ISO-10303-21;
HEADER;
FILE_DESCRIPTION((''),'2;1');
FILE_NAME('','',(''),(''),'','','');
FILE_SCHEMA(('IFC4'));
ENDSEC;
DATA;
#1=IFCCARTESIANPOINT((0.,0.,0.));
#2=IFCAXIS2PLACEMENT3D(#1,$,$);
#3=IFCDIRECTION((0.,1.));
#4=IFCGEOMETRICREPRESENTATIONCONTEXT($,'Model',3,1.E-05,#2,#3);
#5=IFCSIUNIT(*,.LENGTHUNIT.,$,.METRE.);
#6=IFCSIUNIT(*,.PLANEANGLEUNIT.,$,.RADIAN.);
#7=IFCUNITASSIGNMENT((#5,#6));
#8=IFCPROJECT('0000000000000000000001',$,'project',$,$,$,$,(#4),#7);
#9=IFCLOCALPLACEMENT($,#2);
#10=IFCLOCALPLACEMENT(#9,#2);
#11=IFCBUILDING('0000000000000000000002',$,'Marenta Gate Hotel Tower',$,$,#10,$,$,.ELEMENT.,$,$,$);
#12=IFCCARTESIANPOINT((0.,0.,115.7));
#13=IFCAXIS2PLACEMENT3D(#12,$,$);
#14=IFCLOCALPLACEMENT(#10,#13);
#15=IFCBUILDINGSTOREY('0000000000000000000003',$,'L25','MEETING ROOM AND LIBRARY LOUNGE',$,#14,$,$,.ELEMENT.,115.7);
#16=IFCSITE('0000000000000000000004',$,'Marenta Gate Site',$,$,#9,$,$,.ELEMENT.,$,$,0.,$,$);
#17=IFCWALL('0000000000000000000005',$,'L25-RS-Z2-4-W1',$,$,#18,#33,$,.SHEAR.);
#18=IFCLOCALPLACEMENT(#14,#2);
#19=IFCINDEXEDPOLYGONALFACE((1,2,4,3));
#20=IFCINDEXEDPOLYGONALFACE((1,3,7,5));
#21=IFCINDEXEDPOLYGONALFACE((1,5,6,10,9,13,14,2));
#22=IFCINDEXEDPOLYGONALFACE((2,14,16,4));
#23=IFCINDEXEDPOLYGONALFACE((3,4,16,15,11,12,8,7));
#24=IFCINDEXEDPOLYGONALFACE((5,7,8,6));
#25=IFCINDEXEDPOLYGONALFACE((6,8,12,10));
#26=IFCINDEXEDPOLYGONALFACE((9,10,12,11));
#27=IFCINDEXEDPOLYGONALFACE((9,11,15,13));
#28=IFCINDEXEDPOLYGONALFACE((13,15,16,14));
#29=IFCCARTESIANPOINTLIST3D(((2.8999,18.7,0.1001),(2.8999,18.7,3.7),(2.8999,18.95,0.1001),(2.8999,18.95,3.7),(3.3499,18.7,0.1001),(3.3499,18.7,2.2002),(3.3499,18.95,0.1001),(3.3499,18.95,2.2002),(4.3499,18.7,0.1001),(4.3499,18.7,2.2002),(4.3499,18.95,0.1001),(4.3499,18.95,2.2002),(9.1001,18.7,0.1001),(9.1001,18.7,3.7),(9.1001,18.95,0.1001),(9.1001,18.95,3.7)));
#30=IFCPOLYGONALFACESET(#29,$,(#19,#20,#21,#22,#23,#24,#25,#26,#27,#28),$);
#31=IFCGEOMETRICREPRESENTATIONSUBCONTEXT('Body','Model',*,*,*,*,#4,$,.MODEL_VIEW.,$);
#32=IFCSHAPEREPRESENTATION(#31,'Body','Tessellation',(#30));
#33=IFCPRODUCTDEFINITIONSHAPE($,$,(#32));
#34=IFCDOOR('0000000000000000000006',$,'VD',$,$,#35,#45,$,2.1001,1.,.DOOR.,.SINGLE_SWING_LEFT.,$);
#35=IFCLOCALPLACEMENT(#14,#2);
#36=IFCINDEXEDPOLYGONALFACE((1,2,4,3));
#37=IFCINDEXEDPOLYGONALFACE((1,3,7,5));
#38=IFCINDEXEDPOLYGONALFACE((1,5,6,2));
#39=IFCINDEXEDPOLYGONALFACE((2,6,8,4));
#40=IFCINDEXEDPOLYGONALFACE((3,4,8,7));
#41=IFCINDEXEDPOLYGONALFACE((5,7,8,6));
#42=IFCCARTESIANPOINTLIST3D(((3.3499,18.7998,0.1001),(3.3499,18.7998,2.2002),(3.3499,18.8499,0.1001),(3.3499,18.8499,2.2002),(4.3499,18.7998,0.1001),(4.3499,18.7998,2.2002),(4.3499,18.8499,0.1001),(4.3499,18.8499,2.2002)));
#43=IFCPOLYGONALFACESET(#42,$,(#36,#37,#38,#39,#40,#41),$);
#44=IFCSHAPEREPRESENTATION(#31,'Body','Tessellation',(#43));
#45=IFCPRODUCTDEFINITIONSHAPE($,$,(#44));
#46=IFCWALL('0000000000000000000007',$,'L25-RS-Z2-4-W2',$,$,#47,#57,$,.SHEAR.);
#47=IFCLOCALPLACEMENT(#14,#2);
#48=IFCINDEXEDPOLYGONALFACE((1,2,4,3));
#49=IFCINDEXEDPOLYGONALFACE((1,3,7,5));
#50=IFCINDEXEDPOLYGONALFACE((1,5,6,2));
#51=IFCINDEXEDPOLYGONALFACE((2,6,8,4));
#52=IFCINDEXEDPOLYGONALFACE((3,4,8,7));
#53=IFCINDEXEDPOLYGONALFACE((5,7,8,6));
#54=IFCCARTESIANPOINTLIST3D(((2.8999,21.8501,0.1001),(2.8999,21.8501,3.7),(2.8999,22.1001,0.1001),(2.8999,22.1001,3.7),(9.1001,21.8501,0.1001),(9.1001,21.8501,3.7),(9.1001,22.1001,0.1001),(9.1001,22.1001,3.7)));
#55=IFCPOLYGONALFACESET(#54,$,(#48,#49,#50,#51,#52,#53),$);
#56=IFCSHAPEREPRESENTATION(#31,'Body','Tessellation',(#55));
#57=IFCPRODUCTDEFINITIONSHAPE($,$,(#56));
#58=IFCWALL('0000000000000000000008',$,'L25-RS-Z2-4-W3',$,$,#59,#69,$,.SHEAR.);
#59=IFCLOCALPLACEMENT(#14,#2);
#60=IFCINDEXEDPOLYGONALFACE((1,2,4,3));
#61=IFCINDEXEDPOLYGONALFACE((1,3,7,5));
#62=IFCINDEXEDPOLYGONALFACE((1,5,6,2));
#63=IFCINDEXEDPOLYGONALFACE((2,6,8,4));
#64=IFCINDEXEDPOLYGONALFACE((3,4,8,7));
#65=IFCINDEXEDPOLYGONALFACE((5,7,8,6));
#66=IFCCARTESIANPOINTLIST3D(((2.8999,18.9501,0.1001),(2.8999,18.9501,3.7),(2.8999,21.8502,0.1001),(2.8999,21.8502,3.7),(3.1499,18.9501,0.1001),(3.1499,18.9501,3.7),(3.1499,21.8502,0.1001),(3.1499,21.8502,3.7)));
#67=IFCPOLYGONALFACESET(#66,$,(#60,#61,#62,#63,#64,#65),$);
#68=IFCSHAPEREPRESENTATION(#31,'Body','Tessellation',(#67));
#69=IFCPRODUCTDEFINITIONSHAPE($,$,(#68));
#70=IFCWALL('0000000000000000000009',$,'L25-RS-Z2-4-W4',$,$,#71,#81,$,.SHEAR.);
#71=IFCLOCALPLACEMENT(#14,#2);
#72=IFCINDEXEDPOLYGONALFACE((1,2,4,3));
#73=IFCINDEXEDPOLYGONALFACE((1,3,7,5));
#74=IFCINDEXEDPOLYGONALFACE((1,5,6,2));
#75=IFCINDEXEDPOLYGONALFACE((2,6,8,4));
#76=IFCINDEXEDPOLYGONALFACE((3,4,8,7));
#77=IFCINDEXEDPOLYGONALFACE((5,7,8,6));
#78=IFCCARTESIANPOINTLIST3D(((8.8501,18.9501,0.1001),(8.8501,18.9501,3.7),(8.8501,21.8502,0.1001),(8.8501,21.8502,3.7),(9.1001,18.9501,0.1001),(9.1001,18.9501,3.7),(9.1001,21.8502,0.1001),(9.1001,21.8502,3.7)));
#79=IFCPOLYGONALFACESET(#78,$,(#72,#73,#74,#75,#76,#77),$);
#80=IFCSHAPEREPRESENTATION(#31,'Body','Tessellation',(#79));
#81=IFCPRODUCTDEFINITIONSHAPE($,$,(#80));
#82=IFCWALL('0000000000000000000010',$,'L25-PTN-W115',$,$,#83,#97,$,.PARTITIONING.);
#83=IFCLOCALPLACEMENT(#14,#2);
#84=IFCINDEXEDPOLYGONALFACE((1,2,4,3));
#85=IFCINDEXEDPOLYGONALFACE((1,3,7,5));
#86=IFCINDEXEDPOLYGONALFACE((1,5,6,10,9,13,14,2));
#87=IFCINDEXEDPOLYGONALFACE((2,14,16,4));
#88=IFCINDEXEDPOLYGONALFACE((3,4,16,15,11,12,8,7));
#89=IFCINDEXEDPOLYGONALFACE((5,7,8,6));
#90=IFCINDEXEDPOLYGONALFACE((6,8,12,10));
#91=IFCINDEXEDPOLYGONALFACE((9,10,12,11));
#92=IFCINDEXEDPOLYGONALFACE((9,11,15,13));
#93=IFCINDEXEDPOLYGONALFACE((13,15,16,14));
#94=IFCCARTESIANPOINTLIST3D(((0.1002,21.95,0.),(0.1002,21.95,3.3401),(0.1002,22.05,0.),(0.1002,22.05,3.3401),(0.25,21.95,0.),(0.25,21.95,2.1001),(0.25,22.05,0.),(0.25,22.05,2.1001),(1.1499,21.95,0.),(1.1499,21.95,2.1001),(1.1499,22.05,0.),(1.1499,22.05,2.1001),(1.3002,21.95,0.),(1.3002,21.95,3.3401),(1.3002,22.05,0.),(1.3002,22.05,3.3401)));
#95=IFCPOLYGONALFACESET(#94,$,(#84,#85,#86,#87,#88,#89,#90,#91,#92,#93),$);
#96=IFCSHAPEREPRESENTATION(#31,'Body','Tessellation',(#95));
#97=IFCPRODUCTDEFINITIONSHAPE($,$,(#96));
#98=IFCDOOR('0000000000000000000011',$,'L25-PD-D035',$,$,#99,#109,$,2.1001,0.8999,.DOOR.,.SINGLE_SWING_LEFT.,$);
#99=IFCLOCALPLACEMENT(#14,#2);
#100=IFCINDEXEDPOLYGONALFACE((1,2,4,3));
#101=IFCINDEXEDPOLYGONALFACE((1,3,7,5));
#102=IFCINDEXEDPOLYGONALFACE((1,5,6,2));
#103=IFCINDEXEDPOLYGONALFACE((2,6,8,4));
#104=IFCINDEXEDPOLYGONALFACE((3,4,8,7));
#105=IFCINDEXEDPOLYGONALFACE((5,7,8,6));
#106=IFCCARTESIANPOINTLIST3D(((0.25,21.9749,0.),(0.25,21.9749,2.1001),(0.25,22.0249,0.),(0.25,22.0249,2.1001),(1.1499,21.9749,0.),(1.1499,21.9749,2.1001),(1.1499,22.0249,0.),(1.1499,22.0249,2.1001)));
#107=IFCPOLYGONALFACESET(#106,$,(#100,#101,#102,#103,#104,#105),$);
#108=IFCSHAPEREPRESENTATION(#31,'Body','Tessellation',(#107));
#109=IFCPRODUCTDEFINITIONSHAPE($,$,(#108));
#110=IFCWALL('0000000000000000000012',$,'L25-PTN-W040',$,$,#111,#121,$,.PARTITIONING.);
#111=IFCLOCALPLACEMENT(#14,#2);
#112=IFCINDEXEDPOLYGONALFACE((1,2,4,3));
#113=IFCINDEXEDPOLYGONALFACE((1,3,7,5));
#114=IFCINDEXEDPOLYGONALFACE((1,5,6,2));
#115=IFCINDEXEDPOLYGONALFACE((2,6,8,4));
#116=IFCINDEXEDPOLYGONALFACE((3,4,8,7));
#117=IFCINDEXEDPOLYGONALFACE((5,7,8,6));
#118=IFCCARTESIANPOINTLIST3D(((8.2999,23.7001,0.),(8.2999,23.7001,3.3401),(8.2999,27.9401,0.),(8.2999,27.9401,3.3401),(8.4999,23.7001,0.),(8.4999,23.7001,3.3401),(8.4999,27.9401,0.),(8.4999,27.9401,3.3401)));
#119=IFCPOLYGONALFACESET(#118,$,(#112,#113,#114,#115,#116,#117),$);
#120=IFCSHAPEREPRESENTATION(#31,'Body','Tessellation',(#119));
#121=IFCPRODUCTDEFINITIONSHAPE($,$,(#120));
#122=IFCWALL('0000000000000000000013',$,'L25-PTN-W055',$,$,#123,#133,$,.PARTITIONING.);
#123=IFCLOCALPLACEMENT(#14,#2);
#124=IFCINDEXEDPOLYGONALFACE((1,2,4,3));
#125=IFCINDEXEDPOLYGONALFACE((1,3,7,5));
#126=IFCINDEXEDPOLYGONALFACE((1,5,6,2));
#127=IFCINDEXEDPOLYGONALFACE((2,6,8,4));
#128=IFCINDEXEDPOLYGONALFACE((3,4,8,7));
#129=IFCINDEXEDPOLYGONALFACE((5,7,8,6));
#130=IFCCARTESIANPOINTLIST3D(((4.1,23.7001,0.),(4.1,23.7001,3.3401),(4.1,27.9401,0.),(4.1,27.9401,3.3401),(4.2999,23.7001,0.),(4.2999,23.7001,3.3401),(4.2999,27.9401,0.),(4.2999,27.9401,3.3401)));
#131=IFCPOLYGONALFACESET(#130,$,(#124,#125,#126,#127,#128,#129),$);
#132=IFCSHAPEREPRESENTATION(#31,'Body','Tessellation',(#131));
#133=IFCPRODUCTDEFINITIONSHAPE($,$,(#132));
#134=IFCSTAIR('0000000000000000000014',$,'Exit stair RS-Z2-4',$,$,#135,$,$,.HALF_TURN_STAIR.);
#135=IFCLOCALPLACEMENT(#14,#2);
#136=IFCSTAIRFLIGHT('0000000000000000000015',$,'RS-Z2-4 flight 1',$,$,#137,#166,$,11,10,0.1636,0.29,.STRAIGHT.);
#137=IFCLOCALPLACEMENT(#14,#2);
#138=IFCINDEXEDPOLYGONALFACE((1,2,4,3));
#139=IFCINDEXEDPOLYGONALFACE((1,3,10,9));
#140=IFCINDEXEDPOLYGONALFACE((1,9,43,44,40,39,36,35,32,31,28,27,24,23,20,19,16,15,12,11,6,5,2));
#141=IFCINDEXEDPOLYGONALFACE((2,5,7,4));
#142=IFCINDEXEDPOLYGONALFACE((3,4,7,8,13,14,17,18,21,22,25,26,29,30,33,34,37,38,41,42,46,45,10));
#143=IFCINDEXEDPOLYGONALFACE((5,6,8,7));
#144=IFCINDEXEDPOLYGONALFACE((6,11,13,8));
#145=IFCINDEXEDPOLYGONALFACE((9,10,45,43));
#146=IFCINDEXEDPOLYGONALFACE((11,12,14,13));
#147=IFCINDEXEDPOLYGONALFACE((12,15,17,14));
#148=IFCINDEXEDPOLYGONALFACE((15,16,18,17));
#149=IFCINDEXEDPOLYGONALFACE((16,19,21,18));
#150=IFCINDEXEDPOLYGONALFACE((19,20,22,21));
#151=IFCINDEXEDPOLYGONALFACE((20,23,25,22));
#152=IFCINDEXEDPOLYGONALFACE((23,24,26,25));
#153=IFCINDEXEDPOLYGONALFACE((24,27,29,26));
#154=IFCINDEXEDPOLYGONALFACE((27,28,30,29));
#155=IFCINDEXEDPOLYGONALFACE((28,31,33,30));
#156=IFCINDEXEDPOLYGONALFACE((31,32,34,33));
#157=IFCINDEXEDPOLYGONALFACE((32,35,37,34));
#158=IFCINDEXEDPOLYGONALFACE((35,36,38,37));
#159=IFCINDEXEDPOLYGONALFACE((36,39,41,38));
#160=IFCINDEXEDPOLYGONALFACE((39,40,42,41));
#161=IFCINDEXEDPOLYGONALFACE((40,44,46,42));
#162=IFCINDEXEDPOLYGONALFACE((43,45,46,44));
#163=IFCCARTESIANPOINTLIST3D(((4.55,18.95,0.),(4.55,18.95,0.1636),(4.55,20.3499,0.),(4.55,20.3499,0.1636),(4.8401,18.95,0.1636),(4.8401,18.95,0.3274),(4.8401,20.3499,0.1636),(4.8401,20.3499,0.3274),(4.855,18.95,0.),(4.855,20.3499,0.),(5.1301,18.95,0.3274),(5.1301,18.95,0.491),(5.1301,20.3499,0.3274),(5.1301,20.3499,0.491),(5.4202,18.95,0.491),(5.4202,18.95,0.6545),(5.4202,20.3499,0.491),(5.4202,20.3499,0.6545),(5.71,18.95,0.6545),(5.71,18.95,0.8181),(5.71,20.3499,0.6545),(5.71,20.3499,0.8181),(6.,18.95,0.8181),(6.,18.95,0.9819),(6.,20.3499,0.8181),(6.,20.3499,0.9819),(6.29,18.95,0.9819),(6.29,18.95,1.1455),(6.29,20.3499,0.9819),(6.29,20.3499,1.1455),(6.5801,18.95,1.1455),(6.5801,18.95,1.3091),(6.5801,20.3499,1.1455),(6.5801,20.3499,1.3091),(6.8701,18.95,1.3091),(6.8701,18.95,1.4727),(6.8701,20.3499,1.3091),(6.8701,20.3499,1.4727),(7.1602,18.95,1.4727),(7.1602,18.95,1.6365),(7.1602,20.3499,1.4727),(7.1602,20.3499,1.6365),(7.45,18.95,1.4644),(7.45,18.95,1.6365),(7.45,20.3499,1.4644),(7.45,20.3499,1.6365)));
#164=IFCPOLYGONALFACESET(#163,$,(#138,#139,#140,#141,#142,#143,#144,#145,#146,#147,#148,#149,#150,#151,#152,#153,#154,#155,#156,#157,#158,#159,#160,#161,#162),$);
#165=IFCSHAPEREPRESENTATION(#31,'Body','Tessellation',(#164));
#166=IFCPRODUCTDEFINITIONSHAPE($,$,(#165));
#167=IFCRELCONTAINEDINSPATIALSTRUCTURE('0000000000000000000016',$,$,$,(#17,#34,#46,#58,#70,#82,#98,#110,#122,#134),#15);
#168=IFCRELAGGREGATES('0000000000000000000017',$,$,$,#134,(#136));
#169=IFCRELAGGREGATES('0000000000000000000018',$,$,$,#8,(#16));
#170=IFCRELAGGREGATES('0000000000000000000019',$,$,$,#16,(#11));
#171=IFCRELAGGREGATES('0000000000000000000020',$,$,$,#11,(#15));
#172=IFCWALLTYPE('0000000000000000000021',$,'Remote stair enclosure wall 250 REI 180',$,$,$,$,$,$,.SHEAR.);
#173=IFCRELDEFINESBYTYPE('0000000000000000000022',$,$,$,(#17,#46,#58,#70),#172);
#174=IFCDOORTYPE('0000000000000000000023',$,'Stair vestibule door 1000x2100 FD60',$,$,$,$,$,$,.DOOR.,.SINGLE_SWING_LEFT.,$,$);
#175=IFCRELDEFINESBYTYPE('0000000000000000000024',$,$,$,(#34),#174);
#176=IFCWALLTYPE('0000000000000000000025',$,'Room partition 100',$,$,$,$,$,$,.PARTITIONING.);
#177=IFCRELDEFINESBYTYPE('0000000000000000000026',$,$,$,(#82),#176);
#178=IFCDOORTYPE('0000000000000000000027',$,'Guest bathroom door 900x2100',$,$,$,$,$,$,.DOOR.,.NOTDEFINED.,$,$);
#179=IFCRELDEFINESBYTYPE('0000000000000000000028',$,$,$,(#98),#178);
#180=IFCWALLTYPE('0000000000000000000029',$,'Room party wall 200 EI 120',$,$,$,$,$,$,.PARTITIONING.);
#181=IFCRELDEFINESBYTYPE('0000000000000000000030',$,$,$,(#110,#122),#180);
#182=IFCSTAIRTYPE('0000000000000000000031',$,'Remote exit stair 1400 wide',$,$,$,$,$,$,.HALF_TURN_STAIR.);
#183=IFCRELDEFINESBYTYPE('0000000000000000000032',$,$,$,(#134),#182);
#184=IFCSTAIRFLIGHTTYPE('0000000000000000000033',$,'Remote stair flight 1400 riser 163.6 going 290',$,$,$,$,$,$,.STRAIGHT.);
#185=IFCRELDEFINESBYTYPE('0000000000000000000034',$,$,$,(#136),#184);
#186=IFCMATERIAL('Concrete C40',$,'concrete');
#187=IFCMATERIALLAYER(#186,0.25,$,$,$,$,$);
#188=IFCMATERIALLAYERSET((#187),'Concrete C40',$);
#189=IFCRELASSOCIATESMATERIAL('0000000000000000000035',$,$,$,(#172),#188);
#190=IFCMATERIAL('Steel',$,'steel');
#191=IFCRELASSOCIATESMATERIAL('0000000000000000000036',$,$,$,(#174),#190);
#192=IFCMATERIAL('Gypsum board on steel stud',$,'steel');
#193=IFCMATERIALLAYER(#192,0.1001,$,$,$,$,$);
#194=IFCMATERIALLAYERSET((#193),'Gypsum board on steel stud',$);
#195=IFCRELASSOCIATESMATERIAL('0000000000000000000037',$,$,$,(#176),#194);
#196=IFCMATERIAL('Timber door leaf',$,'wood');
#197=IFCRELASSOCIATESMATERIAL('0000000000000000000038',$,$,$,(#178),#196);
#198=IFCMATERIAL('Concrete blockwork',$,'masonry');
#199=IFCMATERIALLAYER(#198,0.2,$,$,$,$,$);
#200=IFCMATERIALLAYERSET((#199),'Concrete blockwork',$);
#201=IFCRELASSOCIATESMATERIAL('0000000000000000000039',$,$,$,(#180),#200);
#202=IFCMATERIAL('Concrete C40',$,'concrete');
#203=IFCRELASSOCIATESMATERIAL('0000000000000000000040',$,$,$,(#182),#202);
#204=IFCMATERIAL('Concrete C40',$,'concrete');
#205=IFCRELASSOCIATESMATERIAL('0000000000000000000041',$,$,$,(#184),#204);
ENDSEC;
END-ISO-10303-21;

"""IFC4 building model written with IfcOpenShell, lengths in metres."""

from ifc_helpers import new_model, si_unit, direction, frame, frame_2d, origin, place, context, subcontext, project, spatial, polyline, rectangle, outline, extrude, material, layer, layer_set, type_object, element, fill, aggregate, save


model = new_model("IFC4")

# Units and contexts
model_context = context("Model", 3, precision=1e-05, world=origin(), true_north=direction((0.0, 1.0)))
body_context = subcontext(model_context, "Body", "Model", "MODEL_VIEW")
ifc_project = project(units=[si_unit("LENGTHUNIT", "METRE"), si_unit("PLANEANGLEUNIT", "RADIAN")], contexts=[model_context])

# Site, building, storey
site_placement = place(None, origin())
site = spatial("IfcSite", under=ifc_project, at=site_placement, Name="Marenta Gate Site", CompositionType="ELEMENT", RefElevation=0.0)
building_placement = place(site_placement, origin())
building = spatial("IfcBuilding", under=site, at=building_placement, Name="Marenta Gate Hotel Tower", CompositionType="ELEMENT")
storey_placement = place(building_placement, frame((0.0, 0.0, 115.7)))
storey = spatial("IfcBuildingStorey", under=building, at=storey_placement, Name="L25", Description="MEETING ROOM AND LIBRARY LOUNGE", CompositionType="ELEMENT", Elevation=115.7)

# Wall, opening, door
ifc_material_1 = material(Name="Concrete C40", Category="concrete")
ifc_layer_1 = layer(ifc_material_1, 0.25)
ifc_layer_set_1 = layer_set([ifc_layer_1], Name="Concrete C40")
wall_type_1 = type_object("IfcWallType", Name="Remote stair enclosure wall 250 REI 180", PredefinedType="SHEAR", material=ifc_layer_set_1)
wall_1_placement = place(storey_placement, frame((2.8999, 18.825, 0.1001), z_axis=(0.0, 0.0, 1.0), x_axis=(1.0, 0.0, 0.0)))
wall_1 = element("IfcWall", 1, at=wall_1_placement, inside=storey, type_object=wall_type_1, Name="L25-RS-Z2-4-W1", PredefinedType="SHEAR", context=body_context, shape_type="SweptSolid", body=[
    extrude(rectangle(XDim=6.2002, YDim=0.25, at=frame_2d((3.1001, 0.0))), origin(), (0.0, 0.0, 1.0), 3.5999),
])
opening_1_placement = place(wall_1_placement, frame((0.45, 0.0, 0.0)))
opening_1 = element("IfcOpeningElement", 2, at=opening_1_placement, cuts=wall_1, PredefinedType="OPENING", context=body_context, shape_type="SweptSolid", body=[
    extrude(rectangle(XDim=1.0, YDim=2.1001, at=frame_2d((0.5, 1.05))), frame((0.0, 0.125, 0.0), z_axis=(0.0, -1.0, 0.0), x_axis=(1.0, 0.0, 0.0)), (0.0, 0.0, 1.0), 0.25),
])
ifc_material_2 = material(Name="Steel", Category="steel")
door_type_1 = type_object("IfcDoorType", Name="Stair vestibule door 1000x2100 FD60", OperationType="SINGLE_SWING_LEFT", PredefinedType="DOOR", material=ifc_material_2)
door_1_placement = place(opening_1_placement, origin())
door_1 = element("IfcDoor", 3, at=door_1_placement, inside=storey, type_object=door_type_1, Name="VD", OperationType="SINGLE_SWING_LEFT", OverallHeight=2.1001, OverallWidth=1.0, PredefinedType="DOOR", context=body_context, shape_type="SweptSolid", body=[
    extrude(rectangle(XDim=1.0, YDim=2.1001, at=frame_2d((0.5, 1.05))), frame((0.0, 0.0249, 0.0), z_axis=(0.0, -1.0, 0.0), x_axis=(1.0, 0.0, 0.0)), (0.0, 0.0, 1.0), 0.05),
])
fill(opening_1, door_1)

# Walls
wall_2_placement = place(storey_placement, frame((2.8999, 21.9751, 0.1001), z_axis=(0.0, 0.0, 1.0), x_axis=(1.0, 0.0, 0.0)))
element("IfcWall", 4, at=wall_2_placement, inside=storey, type_object=wall_type_1, Name="L25-RS-Z2-4-W2", PredefinedType="SHEAR", context=body_context, shape_type="SweptSolid", body=[
    extrude(rectangle(XDim=6.2002, YDim=0.25, at=frame_2d((3.1001, 0.0))), origin(), (0.0, 0.0, 1.0), 3.5999),
])
for number, where, z_axis, x_axis, name in (
    (5, (3.0249, 18.95, 0.1001), (0.0, 0.0, 1.0), (0.0, 1.0, 0.0), "L25-RS-Z2-4-W3"),
    (6, (8.9751, 18.95, 0.1001), (0.0, 0.0, 1.0), (0.0, 1.0, 0.0), "L25-RS-Z2-4-W4"),
):
    element("IfcWall", number, at=place(storey_placement, frame(where, z_axis=z_axis, x_axis=x_axis)), inside=storey, type_object=wall_type_1, Name=name, PredefinedType="SHEAR", context=body_context, shape_type="SweptSolid", body=[
        extrude(rectangle(XDim=2.9001, YDim=0.25, at=frame_2d((1.4502, 0.0))), origin(), (0.0, 0.0, 1.0), 3.5999),
    ])

# Wall, opening, door
ifc_material_3 = material(Name="Gypsum board on steel stud", Category="steel")
ifc_layer_2 = layer(ifc_material_3, 0.1001)
ifc_layer_set_2 = layer_set([ifc_layer_2], Name="Gypsum board on steel stud")
wall_type_2 = type_object("IfcWallType", Name="Room partition 100", PredefinedType="PARTITIONING", material=ifc_layer_set_2)
wall_3_placement = place(storey_placement, frame((0.1001, 22.0, 0.0), z_axis=(0.0, 0.0, 1.0), x_axis=(1.0, 0.0, 0.0)))
wall_3 = element("IfcWall", 7, at=wall_3_placement, inside=storey, type_object=wall_type_2, Name="L25-PTN-W115", PredefinedType="PARTITIONING", context=body_context, shape_type="SweptSolid", body=[
    extrude(rectangle(XDim=1.2, YDim=0.1001, at=frame_2d((0.6001, 0.0))), origin(), (0.0, 0.0, 1.0), 3.3401),
])
opening_2_placement = place(wall_3_placement, frame((0.1499, 0.0, 0.0)))
opening_2 = element("IfcOpeningElement", 8, at=opening_2_placement, cuts=wall_3, PredefinedType="OPENING", context=body_context, shape_type="SweptSolid", body=[
    extrude(rectangle(XDim=0.8999, YDim=2.1001, at=frame_2d((0.45, 1.05))), frame((0.0, 0.05, 0.0), z_axis=(0.0, -1.0, 0.0), x_axis=(1.0, 0.0, 0.0)), (0.0, 0.0, 1.0), 0.1001),
])
ifc_material_4 = material(Name="Timber door leaf", Category="wood")
door_type_2 = type_object("IfcDoorType", Name="Guest bathroom door 900x2100", OperationType="NOTDEFINED", PredefinedType="DOOR", material=ifc_material_4)
door_2_placement = place(opening_2_placement, origin())
door_2 = element("IfcDoor", 9, at=door_2_placement, inside=storey, type_object=door_type_2, Name="L25-PD-D035", OperationType="SINGLE_SWING_LEFT", OverallHeight=2.1001, OverallWidth=0.8999, PredefinedType="DOOR", context=body_context, shape_type="SweptSolid", body=[
    extrude(rectangle(XDim=0.8999, YDim=2.1001, at=frame_2d((0.45, 1.05))), frame((0.0, 0.0249, 0.0), z_axis=(0.0, -1.0, 0.0), x_axis=(1.0, 0.0, 0.0)), (0.0, 0.0, 1.0), 0.05),
])
fill(opening_2, door_2)

# Walls
ifc_material_5 = material(Name="Concrete blockwork", Category="masonry")
ifc_layer_3 = layer(ifc_material_5, 0.2)
ifc_layer_set_3 = layer_set([ifc_layer_3], Name="Concrete blockwork")
wall_type_3 = type_object("IfcWallType", Name="Room party wall 200 EI 120", PredefinedType="PARTITIONING", material=ifc_layer_set_3)
for number, where, z_axis, x_axis, name in (
    (10, (8.3999, 23.7, 0.0), (0.0, 0.0, 1.0), (0.0, 1.0, 0.0), "L25-PTN-W040"),
    (11, (4.2, 23.7, 0.0), (0.0, 0.0, 1.0), (0.0, 1.0, 0.0), "L25-PTN-W055"),
):
    element("IfcWall", number, at=place(storey_placement, frame(where, z_axis=z_axis, x_axis=x_axis)), inside=storey, type_object=wall_type_3, Name=name, PredefinedType="PARTITIONING", context=body_context, shape_type="SweptSolid", body=[
        extrude(rectangle(XDim=4.24, YDim=0.2, at=frame_2d((2.1201, 0.0))), origin(), (0.0, 0.0, 1.0), 3.3401),
    ])

# Stair, stair flight
ifc_material_6 = material(Name="Concrete C40", Category="concrete")
stair_type = type_object("IfcStairType", Name="Remote exit stair 1400 wide", PredefinedType="HALF_TURN_STAIR", material=ifc_material_6)
stair_placement = place(storey_placement, origin())
stair = element("IfcStair", 12, at=stair_placement, inside=storey, type_object=stair_type, Name="Exit stair RS-Z2-4", PredefinedType="HALF_TURN_STAIR")
ifc_material_7 = material(Name="Concrete C40", Category="concrete")
stair_flight_type = type_object("IfcStairFlightType", Name="Remote stair flight 1400 riser 163.6 going 290", PredefinedType="STRAIGHT", material=ifc_material_7)
stair_flight_1_placement = place(storey_placement, frame((4.55, 19.6499, 0.0), z_axis=(0.0, 0.0, 1.0), x_axis=(1.0, 0.0, 0.0)))
stair_flight_1 = element("IfcStairFlight", 13, at=stair_flight_1_placement, type_object=stair_flight_type, Name="RS-Z2-4 flight 1", NumberOfRisers=11, NumberOfTreads=10, PredefinedType="STRAIGHT", RiserHeight=0.1636, TreadLength=0.29, context=body_context, shape_type="SweptSolid", body=[
    extrude(outline(polyline([(0.0, 0.0), (0.0, 0.1636), (0.29, 0.1636), (0.29, 0.3274), (0.5801, 0.3274), (0.5801, 0.491), (0.8701, 0.491), (0.8701, 0.6545), (1.1599, 0.6545), (1.1599, 0.8181), (1.45, 0.8181), (1.45, 0.9819), (1.74, 0.9819), (1.74, 1.1455), (2.03, 1.1455), (2.03, 1.3091), (2.3201, 1.3091), (2.3201, 1.4727), (2.6101, 1.4727), (2.6101, 1.6365), (2.8999, 1.6365), (2.8999, 1.8), (2.8999, 1.4644), (0.3049, 0.0), (0.0, 0.0)])), frame((0.0, 0.7, 0.0), z_axis=(0.0, -1.0, 0.0), x_axis=(1.0, 0.0, 0.0)), (0.0, 0.0, 1.0), 1.3999),
])
aggregate(stair, [stair_flight_1])

save(model, "model.ifc")
